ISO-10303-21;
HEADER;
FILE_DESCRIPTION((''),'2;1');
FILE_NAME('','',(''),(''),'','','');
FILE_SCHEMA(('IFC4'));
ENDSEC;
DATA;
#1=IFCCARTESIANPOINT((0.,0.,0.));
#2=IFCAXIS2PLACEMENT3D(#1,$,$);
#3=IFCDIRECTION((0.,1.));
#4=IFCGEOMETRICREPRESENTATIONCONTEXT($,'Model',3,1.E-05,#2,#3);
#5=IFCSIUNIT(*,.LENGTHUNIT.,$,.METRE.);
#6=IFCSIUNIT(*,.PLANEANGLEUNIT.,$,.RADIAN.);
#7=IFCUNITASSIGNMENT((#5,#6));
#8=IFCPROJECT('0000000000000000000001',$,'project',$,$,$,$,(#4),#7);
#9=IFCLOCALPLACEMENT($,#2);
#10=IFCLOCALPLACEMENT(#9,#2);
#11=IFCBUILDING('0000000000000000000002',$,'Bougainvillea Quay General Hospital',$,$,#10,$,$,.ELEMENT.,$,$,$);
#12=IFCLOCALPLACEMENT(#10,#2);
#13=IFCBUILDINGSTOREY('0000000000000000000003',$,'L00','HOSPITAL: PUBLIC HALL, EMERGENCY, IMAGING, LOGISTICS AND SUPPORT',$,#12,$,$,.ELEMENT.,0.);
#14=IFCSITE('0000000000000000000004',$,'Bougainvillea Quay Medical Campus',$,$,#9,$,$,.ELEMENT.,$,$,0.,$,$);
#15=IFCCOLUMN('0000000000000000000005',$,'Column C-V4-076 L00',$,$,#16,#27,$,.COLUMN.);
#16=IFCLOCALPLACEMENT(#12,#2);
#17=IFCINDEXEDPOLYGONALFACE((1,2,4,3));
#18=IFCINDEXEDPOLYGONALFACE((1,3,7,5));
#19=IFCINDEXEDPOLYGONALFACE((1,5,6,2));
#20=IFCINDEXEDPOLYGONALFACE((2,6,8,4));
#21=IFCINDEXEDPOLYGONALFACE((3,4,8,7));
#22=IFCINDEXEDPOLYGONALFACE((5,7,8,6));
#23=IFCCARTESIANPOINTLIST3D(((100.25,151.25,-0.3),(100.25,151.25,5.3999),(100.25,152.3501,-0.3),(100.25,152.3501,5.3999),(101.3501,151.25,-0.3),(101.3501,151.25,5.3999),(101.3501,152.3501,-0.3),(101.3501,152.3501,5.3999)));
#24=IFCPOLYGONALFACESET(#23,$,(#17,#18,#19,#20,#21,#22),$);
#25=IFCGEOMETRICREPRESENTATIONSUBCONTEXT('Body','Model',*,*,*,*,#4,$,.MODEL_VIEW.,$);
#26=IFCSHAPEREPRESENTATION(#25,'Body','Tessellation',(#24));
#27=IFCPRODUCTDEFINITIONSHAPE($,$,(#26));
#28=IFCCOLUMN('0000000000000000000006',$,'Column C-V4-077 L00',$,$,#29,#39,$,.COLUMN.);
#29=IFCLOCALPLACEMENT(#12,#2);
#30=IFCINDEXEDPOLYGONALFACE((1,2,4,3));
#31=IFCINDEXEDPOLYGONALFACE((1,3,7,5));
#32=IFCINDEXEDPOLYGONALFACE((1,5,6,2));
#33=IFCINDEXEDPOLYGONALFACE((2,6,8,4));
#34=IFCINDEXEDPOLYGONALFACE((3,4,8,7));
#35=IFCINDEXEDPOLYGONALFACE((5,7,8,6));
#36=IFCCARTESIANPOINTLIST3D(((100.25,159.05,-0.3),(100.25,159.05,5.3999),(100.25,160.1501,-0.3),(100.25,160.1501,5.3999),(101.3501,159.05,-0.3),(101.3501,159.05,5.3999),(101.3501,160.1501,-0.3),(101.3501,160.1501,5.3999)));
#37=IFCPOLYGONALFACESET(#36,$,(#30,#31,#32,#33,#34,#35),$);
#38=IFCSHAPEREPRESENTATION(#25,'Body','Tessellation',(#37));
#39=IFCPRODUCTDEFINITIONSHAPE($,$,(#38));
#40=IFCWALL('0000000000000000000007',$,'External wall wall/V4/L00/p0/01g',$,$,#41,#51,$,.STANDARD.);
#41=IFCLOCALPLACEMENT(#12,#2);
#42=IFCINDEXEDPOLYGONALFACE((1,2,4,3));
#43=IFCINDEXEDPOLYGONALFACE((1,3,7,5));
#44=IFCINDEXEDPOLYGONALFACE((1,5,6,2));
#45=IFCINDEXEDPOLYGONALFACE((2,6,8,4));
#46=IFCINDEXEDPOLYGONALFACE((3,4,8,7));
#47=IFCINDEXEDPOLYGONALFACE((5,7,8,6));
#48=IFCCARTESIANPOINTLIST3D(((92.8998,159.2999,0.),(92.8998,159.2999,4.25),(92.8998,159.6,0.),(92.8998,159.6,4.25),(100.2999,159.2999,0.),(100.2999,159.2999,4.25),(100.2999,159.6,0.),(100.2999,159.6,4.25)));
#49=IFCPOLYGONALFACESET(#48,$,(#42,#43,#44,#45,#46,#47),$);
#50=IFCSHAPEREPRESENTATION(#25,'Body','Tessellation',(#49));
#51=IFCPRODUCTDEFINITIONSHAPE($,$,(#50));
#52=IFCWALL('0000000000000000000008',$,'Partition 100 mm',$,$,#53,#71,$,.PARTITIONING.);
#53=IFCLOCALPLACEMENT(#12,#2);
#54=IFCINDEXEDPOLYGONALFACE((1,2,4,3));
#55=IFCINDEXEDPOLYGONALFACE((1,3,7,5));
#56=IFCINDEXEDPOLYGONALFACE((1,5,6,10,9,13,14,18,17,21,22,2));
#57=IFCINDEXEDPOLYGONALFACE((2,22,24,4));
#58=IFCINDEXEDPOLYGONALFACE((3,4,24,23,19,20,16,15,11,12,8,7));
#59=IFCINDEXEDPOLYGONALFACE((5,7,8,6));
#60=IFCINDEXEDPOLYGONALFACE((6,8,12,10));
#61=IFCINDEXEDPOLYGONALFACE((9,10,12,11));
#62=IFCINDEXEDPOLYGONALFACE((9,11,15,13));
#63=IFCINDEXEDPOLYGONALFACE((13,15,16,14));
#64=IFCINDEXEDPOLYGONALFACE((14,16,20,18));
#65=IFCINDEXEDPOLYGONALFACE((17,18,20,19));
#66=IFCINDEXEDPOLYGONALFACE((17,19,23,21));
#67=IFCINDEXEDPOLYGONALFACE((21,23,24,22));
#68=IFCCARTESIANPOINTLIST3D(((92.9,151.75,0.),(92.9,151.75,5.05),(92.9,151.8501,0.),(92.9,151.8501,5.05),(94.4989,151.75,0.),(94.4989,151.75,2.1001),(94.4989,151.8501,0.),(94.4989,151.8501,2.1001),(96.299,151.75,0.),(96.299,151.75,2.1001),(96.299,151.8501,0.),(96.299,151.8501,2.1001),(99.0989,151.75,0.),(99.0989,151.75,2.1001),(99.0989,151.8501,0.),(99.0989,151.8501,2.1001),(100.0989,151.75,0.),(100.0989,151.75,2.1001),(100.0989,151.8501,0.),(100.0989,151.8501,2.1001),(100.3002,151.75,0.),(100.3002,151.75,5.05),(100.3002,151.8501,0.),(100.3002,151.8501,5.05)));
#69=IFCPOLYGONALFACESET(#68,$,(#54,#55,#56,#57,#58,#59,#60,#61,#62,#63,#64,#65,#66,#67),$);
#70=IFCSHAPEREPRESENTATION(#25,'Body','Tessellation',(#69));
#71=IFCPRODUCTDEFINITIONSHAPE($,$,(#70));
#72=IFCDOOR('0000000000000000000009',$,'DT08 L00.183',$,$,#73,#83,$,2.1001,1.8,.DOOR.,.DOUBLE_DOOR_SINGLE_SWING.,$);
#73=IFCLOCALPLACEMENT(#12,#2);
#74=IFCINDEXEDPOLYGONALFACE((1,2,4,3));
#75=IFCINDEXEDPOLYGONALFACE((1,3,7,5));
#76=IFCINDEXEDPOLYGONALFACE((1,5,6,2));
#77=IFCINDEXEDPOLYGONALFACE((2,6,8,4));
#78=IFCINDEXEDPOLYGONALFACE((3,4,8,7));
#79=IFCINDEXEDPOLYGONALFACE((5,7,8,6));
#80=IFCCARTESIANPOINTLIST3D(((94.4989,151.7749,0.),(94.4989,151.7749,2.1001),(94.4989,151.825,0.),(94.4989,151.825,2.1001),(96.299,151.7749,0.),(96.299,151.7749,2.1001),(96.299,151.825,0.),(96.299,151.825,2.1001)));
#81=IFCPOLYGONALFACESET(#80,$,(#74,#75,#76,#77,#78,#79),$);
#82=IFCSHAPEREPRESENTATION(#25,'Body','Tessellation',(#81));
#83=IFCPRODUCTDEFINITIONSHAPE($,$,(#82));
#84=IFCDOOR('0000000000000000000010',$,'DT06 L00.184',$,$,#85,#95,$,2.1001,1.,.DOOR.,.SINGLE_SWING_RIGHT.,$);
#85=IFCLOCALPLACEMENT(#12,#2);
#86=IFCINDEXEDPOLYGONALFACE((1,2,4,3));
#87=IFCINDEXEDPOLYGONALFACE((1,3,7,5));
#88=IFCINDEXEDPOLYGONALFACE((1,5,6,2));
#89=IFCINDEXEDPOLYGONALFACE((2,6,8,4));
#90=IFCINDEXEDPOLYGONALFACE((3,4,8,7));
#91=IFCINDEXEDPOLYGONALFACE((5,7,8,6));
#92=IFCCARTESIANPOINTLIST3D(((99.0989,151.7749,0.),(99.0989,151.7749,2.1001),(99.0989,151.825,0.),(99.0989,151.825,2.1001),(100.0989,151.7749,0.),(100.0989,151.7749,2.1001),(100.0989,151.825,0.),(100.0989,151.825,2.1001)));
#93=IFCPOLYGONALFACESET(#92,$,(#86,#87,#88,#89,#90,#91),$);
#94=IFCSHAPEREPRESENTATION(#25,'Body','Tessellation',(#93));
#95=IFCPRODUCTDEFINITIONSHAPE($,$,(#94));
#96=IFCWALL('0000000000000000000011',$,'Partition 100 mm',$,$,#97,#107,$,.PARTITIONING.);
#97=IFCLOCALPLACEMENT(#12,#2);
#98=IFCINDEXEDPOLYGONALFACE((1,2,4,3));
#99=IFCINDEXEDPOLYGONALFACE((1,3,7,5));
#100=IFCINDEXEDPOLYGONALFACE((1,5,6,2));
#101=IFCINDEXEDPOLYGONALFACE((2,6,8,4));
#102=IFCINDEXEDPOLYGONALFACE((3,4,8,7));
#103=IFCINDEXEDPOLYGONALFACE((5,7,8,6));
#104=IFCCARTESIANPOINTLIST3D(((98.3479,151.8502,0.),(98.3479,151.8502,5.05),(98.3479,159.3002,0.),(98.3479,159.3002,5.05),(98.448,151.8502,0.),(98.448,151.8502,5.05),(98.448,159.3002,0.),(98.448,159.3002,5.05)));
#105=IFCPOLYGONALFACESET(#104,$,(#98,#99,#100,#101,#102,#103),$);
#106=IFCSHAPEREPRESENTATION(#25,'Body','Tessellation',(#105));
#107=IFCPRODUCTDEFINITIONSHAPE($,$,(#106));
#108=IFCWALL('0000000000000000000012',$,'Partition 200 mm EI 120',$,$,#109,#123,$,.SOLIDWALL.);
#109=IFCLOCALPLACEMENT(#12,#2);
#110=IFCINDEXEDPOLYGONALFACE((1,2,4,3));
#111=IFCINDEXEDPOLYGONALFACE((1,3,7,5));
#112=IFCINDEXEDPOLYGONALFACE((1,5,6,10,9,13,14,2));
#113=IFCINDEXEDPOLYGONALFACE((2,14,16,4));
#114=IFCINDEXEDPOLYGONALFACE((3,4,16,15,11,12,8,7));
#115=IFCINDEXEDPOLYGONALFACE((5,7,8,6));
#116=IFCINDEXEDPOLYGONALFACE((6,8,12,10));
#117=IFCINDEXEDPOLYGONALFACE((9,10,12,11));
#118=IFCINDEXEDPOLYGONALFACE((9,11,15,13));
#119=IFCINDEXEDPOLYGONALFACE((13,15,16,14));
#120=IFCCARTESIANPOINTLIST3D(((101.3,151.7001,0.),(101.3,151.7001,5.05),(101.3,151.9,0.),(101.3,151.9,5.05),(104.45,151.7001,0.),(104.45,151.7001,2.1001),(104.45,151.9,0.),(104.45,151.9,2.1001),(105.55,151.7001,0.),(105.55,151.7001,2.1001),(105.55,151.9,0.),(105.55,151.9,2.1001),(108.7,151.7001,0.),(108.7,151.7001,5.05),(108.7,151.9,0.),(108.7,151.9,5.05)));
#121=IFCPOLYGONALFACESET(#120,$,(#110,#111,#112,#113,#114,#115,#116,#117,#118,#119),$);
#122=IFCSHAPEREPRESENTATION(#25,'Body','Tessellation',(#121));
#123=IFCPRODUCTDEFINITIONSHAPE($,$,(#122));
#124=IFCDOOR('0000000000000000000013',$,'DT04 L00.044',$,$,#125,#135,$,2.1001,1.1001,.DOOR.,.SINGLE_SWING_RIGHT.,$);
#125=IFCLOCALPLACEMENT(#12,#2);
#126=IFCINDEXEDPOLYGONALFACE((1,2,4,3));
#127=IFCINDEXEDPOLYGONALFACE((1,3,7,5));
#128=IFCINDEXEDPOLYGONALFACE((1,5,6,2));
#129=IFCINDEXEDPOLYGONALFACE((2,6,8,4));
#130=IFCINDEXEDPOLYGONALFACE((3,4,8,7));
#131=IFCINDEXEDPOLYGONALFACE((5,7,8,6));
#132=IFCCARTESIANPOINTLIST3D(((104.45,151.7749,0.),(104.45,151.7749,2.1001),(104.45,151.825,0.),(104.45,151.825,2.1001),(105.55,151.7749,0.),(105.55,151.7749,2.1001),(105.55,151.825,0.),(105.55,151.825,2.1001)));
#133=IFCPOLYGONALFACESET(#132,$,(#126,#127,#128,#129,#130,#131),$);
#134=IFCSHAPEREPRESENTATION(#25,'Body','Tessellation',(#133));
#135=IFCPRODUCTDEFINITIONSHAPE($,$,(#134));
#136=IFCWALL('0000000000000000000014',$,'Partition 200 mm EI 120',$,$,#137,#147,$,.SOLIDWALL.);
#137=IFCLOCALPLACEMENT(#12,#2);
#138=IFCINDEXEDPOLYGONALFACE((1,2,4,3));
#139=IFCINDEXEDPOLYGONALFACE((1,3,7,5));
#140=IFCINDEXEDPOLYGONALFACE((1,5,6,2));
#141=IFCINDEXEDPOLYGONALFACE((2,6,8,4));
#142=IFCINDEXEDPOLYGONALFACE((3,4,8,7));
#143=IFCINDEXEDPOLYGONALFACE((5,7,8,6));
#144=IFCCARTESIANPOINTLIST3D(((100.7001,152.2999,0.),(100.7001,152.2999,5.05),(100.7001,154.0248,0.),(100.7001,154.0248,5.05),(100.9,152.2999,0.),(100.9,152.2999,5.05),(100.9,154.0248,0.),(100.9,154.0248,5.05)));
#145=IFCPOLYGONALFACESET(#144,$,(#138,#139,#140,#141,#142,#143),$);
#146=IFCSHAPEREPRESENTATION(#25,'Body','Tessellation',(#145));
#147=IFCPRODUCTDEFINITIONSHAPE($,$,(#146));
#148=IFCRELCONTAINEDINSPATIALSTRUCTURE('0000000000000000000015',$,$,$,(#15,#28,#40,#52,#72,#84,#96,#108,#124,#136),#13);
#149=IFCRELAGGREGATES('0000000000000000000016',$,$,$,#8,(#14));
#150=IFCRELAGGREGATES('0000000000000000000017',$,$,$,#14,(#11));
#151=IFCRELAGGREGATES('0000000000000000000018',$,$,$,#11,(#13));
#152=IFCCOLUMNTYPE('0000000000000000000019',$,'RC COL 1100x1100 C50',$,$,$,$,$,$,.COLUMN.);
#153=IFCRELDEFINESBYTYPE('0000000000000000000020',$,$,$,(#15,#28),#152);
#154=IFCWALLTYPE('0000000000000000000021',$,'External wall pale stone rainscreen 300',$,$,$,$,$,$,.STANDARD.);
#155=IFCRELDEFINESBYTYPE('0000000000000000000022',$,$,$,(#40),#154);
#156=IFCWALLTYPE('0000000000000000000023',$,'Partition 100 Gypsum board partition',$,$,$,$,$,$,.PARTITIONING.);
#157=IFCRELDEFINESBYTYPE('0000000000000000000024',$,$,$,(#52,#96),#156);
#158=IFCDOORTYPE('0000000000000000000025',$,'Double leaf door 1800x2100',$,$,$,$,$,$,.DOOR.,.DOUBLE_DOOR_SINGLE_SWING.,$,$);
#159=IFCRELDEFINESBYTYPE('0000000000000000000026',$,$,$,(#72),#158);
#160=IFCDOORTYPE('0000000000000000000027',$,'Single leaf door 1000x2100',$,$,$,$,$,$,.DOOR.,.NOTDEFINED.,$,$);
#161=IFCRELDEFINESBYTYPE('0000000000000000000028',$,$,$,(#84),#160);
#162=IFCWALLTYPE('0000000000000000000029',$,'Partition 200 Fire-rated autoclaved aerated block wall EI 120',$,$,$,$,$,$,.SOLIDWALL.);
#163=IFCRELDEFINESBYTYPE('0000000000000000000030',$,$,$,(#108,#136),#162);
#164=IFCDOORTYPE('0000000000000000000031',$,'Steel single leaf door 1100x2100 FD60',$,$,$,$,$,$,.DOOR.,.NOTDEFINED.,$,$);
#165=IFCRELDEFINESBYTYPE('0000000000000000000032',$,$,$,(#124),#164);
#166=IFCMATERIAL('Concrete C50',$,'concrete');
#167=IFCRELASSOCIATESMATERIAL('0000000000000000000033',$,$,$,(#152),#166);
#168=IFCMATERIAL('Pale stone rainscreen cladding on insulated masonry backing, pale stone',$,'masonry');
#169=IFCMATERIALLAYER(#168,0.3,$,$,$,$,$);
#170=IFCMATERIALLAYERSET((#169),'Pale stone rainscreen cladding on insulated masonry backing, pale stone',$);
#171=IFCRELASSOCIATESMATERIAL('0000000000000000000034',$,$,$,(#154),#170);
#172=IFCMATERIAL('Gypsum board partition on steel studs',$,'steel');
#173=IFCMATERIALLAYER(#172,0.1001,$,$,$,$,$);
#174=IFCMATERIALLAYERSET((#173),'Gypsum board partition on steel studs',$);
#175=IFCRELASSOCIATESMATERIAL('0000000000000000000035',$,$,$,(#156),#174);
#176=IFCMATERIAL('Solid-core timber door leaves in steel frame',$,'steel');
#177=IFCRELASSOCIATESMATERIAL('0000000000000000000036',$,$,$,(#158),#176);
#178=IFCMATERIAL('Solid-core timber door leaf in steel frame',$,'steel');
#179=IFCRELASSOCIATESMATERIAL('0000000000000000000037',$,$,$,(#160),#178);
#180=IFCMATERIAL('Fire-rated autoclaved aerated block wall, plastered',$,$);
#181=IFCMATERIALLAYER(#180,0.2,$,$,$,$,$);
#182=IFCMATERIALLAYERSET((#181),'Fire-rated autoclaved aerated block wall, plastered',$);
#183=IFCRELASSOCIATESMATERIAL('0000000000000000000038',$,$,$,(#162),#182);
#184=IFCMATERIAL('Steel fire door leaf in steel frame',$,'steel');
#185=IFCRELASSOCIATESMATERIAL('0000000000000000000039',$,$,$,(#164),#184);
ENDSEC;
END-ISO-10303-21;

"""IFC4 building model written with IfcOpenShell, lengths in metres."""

from ifc_helpers import new_model, si_unit, direction, frame, frame_2d, origin, origin_2d, place, context, subcontext, project, spatial, rectangle, extrude, material, layer, layer_set, material_profile, profile_set, type_object, element, fill, save


model = new_model("IFC4")

# Units and contexts
model_context = context("Model", 3, precision=1e-05, world=origin(), true_north=direction((0.0, 1.0)))
body_context = subcontext(model_context, "Body", "Model", "MODEL_VIEW")
ifc_project = project(units=[si_unit("LENGTHUNIT", "METRE"), si_unit("PLANEANGLEUNIT", "RADIAN")], contexts=[model_context])

# Site, building, storey
site_placement = place(None, origin())
site = spatial("IfcSite", under=ifc_project, at=site_placement, Name="Bougainvillea Quay Medical Campus", CompositionType="ELEMENT", RefElevation=0.0)
building_placement = place(site_placement, origin())
building = spatial("IfcBuilding", under=site, at=building_placement, Name="Bougainvillea Quay General Hospital", CompositionType="ELEMENT")
storey_placement = place(building_placement, origin())
storey = spatial("IfcBuildingStorey", under=building, at=storey_placement, Name="L00", Description="HOSPITAL: PUBLIC HALL, EMERGENCY, IMAGING, LOGISTICS AND SUPPORT", CompositionType="ELEMENT", Elevation=0.0)

# Columns
ifc_material_1 = material(Name="Concrete C50", Category="concrete")
ifc_material_profile = material_profile(ifc_material_1, rectangle(XDim=1.1001, YDim=1.1001, at=origin_2d()))
ifc_profile_set = profile_set([ifc_material_profile], Name="Concrete C50")
column_type = type_object("IfcColumnType", Name="RC COL 1100x1100 C50", PredefinedType="COLUMN", material=ifc_profile_set)
for number, where, z_axis, x_axis, name in (
    (1, (100.8, 151.8, -0.3), (0.0, 0.0, 1.0), (1.0, 0.0, 0.0), "Column C-V4-076 L00"),
    (2, (100.8, 159.6001, -0.3), (0.0, 0.0, 1.0), (1.0, 0.0, 0.0), "Column C-V4-077 L00"),
):
    element("IfcColumn", number, at=place(storey_placement, frame(where, z_axis=z_axis, x_axis=x_axis)), inside=storey, type_object=column_type, Name=name, PredefinedType="COLUMN", context=body_context, shape_type="SweptSolid", body=[
        extrude(rectangle(XDim=1.1001, YDim=1.1001, at=origin_2d()), origin(), (0.0, 0.0, 1.0), 5.7),
    ])

# Wall
ifc_material_2 = material(Name="Pale stone rainscreen cladding on insulated masonry backing, pale stone", Category="masonry")
ifc_layer_1 = layer(ifc_material_2, 0.3)
ifc_layer_set_1 = layer_set([ifc_layer_1], Name="Pale stone rainscreen cladding on insulated masonry backing, pale stone")
wall_type_1 = type_object("IfcWallType", Name="External wall pale stone rainscreen 300", PredefinedType="STANDARD", material=ifc_layer_set_1)
wall_1_placement = place(storey_placement, frame((100.3, 159.45, 0.0), z_axis=(0.0, 0.0, 1.0), x_axis=(-1.0, 0.0, 0.0)))
element("IfcWall", 3, at=wall_1_placement, inside=storey, type_object=wall_type_1, Name="External wall wall/V4/L00/p0/01g", PredefinedType="STANDARD", context=body_context, shape_type="SweptSolid", body=[
    extrude(rectangle(XDim=7.4001, YDim=0.3, at=frame_2d((3.7002, 0.0))), origin(), (0.0, 0.0, 1.0), 4.25),
])

# Wall, openings, doors
ifc_material_3 = material(Name="Gypsum board partition on steel studs", Category="steel")
ifc_layer_2 = layer(ifc_material_3, 0.1001)
ifc_layer_set_2 = layer_set([ifc_layer_2], Name="Gypsum board partition on steel studs")
wall_type_2 = type_object("IfcWallType", Name="Partition 100 Gypsum board partition", PredefinedType="PARTITIONING", material=ifc_layer_set_2)
wall_2_placement = place(storey_placement, frame((92.8999, 151.8, 0.0), z_axis=(0.0, 0.0, 1.0), x_axis=(1.0, 0.0, 0.0)))
wall_2 = element("IfcWall", 4, at=wall_2_placement, inside=storey, type_object=wall_type_2, Name="Partition 100 mm", PredefinedType="PARTITIONING", context=body_context, shape_type="SweptSolid", body=[
    extrude(rectangle(XDim=7.4001, YDim=0.1001, at=frame_2d((3.7002, 0.0))), origin(), (0.0, 0.0, 1.0), 5.05),
])
opening_1_placement = place(wall_2_placement, frame((1.5991, 0.0, 0.0)))
opening_1 = element("IfcOpeningElement", 5, at=opening_1_placement, cuts=wall_2, PredefinedType="OPENING", context=body_context, shape_type="SweptSolid", body=[
    extrude(rectangle(XDim=1.8, YDim=2.1001, at=frame_2d((0.8999, 1.05))), frame((0.0, 0.0601, 0.0), z_axis=(0.0, -1.0, 0.0), x_axis=(1.0, 0.0, 0.0)), (0.0, 0.0, 1.0), 0.1201),
])
opening_2_placement = place(wall_2_placement, frame((6.199, 0.0, 0.0)))
opening_2 = element("IfcOpeningElement", 6, at=opening_2_placement, cuts=wall_2, PredefinedType="OPENING", context=body_context, shape_type="SweptSolid", body=[
    extrude(rectangle(XDim=1.0, YDim=2.1001, at=frame_2d((0.5, 1.05))), frame((0.0, 0.0601, 0.0), z_axis=(0.0, -1.0, 0.0), x_axis=(1.0, 0.0, 0.0)), (0.0, 0.0, 1.0), 0.1201),
])
ifc_material_4 = material(Name="Solid-core timber door leaves in steel frame", Category="steel")
door_type_1 = type_object("IfcDoorType", Name="Double leaf door 1800x2100", OperationType="DOUBLE_DOOR_SINGLE_SWING", PredefinedType="DOOR", material=ifc_material_4)
door_1_placement = place(opening_1_placement, origin())
door_1 = element("IfcDoor", 7, at=door_1_placement, inside=storey, type_object=door_type_1, Name="DT08 L00.183", OperationType="DOUBLE_DOOR_SINGLE_SWING", OverallHeight=2.1001, OverallWidth=1.8, PredefinedType="DOOR", context=body_context, shape_type="SweptSolid", body=[
    extrude(rectangle(XDim=1.8, YDim=2.1001, at=frame_2d((0.8999, 1.05))), frame((0.0, 0.0249, 0.0), z_axis=(0.0, -1.0, 0.0), x_axis=(1.0, 0.0, 0.0)), (0.0, 0.0, 1.0), 0.05),
])
fill(opening_1, door_1)
ifc_material_5 = material(Name="Solid-core timber door leaf in steel frame", Category="steel")
door_type_2 = type_object("IfcDoorType", Name="Single leaf door 1000x2100", OperationType="NOTDEFINED", PredefinedType="DOOR", material=ifc_material_5)
door_2_placement = place(opening_2_placement, origin())
door_2 = element("IfcDoor", 8, at=door_2_placement, inside=storey, type_object=door_type_2, Name="DT06 L00.184", OperationType="SINGLE_SWING_RIGHT", OverallHeight=2.1001, OverallWidth=1.0, PredefinedType="DOOR", context=body_context, shape_type="SweptSolid", body=[
    extrude(rectangle(XDim=1.0, YDim=2.1001, at=frame_2d((0.5, 1.05))), frame((0.0, 0.0249, 0.0), z_axis=(0.0, -1.0, 0.0), x_axis=(1.0, 0.0, 0.0)), (0.0, 0.0, 1.0), 0.05),
])
fill(opening_2, door_2)

# Wall
wall_3_placement = place(storey_placement, frame((98.3979, 151.8501, 0.0), z_axis=(0.0, 0.0, 1.0), x_axis=(0.0, 1.0, 0.0)))
element("IfcWall", 9, at=wall_3_placement, inside=storey, type_object=wall_type_2, Name="Partition 100 mm", PredefinedType="PARTITIONING", context=body_context, shape_type="SweptSolid", body=[
    extrude(rectangle(XDim=7.45, YDim=0.1001, at=frame_2d((3.7251, 0.0))), origin(), (0.0, 0.0, 1.0), 5.05),
])

# Wall, opening, door
ifc_material_6 = material(Name="Fire-rated autoclaved aerated block wall, plastered")
ifc_layer_3 = layer(ifc_material_6, 0.2)
ifc_layer_set_3 = layer_set([ifc_layer_3], Name="Fire-rated autoclaved aerated block wall, plastered")
wall_type_3 = type_object("IfcWallType", Name="Partition 200 Fire-rated autoclaved aerated block wall EI 120", PredefinedType="SOLIDWALL", material=ifc_layer_set_3)
wall_4_placement = place(storey_placement, frame((101.3, 151.8, 0.0), z_axis=(0.0, 0.0, 1.0), x_axis=(1.0, 0.0, 0.0)))
wall_4 = element("IfcWall", 10, at=wall_4_placement, inside=storey, type_object=wall_type_3, Name="Partition 200 mm EI 120", PredefinedType="SOLIDWALL", context=body_context, shape_type="SweptSolid", body=[
    extrude(rectangle(XDim=7.3999, YDim=0.2, at=frame_2d((3.7, 0.0))), origin(), (0.0, 0.0, 1.0), 5.05),
])
opening_3_placement = place(wall_4_placement, frame((3.1499, 0.0, 0.0)))
opening_3 = element("IfcOpeningElement", 11, at=opening_3_placement, cuts=wall_4, PredefinedType="OPENING", context=body_context, shape_type="SweptSolid", body=[
    extrude(rectangle(XDim=1.1001, YDim=2.1001, at=frame_2d((0.55, 1.05))), frame((0.0, 0.1099, 0.0), z_axis=(0.0, -1.0, 0.0), x_axis=(1.0, 0.0, 0.0)), (0.0, 0.0, 1.0), 0.22),
])
ifc_material_7 = material(Name="Steel fire door leaf in steel frame", Category="steel")
door_type_3 = type_object("IfcDoorType", Name="Steel single leaf door 1100x2100 FD60", OperationType="NOTDEFINED", PredefinedType="DOOR", material=ifc_material_7)
door_3_placement = place(opening_3_placement, origin())
door_3 = element("IfcDoor", 12, at=door_3_placement, inside=storey, type_object=door_type_3, Name="DT04 L00.044", OperationType="SINGLE_SWING_RIGHT", OverallHeight=2.1001, OverallWidth=1.1001, PredefinedType="DOOR", context=body_context, shape_type="SweptSolid", body=[
    extrude(rectangle(XDim=1.1001, YDim=2.1001, at=frame_2d((0.55, 1.05))), frame((0.0, 0.0249, 0.0), z_axis=(0.0, -1.0, 0.0), x_axis=(1.0, 0.0, 0.0)), (0.0, 0.0, 1.0), 0.05),
])
fill(opening_3, door_3)

# Wall
wall_5_placement = place(storey_placement, frame((100.8, 152.3, 0.0), z_axis=(0.0, 0.0, 1.0), x_axis=(0.0, 1.0, 0.0)))
element("IfcWall", 13, at=wall_5_placement, inside=storey, type_object=wall_type_3, Name="Partition 200 mm EI 120", PredefinedType="SOLIDWALL", context=body_context, shape_type="SweptSolid", body=[
    extrude(rectangle(XDim=1.7249, YDim=0.2, at=frame_2d((0.8623, 0.0))), origin(), (0.0, 0.0, 1.0), 5.05),
])

save(model, "model.ifc")
